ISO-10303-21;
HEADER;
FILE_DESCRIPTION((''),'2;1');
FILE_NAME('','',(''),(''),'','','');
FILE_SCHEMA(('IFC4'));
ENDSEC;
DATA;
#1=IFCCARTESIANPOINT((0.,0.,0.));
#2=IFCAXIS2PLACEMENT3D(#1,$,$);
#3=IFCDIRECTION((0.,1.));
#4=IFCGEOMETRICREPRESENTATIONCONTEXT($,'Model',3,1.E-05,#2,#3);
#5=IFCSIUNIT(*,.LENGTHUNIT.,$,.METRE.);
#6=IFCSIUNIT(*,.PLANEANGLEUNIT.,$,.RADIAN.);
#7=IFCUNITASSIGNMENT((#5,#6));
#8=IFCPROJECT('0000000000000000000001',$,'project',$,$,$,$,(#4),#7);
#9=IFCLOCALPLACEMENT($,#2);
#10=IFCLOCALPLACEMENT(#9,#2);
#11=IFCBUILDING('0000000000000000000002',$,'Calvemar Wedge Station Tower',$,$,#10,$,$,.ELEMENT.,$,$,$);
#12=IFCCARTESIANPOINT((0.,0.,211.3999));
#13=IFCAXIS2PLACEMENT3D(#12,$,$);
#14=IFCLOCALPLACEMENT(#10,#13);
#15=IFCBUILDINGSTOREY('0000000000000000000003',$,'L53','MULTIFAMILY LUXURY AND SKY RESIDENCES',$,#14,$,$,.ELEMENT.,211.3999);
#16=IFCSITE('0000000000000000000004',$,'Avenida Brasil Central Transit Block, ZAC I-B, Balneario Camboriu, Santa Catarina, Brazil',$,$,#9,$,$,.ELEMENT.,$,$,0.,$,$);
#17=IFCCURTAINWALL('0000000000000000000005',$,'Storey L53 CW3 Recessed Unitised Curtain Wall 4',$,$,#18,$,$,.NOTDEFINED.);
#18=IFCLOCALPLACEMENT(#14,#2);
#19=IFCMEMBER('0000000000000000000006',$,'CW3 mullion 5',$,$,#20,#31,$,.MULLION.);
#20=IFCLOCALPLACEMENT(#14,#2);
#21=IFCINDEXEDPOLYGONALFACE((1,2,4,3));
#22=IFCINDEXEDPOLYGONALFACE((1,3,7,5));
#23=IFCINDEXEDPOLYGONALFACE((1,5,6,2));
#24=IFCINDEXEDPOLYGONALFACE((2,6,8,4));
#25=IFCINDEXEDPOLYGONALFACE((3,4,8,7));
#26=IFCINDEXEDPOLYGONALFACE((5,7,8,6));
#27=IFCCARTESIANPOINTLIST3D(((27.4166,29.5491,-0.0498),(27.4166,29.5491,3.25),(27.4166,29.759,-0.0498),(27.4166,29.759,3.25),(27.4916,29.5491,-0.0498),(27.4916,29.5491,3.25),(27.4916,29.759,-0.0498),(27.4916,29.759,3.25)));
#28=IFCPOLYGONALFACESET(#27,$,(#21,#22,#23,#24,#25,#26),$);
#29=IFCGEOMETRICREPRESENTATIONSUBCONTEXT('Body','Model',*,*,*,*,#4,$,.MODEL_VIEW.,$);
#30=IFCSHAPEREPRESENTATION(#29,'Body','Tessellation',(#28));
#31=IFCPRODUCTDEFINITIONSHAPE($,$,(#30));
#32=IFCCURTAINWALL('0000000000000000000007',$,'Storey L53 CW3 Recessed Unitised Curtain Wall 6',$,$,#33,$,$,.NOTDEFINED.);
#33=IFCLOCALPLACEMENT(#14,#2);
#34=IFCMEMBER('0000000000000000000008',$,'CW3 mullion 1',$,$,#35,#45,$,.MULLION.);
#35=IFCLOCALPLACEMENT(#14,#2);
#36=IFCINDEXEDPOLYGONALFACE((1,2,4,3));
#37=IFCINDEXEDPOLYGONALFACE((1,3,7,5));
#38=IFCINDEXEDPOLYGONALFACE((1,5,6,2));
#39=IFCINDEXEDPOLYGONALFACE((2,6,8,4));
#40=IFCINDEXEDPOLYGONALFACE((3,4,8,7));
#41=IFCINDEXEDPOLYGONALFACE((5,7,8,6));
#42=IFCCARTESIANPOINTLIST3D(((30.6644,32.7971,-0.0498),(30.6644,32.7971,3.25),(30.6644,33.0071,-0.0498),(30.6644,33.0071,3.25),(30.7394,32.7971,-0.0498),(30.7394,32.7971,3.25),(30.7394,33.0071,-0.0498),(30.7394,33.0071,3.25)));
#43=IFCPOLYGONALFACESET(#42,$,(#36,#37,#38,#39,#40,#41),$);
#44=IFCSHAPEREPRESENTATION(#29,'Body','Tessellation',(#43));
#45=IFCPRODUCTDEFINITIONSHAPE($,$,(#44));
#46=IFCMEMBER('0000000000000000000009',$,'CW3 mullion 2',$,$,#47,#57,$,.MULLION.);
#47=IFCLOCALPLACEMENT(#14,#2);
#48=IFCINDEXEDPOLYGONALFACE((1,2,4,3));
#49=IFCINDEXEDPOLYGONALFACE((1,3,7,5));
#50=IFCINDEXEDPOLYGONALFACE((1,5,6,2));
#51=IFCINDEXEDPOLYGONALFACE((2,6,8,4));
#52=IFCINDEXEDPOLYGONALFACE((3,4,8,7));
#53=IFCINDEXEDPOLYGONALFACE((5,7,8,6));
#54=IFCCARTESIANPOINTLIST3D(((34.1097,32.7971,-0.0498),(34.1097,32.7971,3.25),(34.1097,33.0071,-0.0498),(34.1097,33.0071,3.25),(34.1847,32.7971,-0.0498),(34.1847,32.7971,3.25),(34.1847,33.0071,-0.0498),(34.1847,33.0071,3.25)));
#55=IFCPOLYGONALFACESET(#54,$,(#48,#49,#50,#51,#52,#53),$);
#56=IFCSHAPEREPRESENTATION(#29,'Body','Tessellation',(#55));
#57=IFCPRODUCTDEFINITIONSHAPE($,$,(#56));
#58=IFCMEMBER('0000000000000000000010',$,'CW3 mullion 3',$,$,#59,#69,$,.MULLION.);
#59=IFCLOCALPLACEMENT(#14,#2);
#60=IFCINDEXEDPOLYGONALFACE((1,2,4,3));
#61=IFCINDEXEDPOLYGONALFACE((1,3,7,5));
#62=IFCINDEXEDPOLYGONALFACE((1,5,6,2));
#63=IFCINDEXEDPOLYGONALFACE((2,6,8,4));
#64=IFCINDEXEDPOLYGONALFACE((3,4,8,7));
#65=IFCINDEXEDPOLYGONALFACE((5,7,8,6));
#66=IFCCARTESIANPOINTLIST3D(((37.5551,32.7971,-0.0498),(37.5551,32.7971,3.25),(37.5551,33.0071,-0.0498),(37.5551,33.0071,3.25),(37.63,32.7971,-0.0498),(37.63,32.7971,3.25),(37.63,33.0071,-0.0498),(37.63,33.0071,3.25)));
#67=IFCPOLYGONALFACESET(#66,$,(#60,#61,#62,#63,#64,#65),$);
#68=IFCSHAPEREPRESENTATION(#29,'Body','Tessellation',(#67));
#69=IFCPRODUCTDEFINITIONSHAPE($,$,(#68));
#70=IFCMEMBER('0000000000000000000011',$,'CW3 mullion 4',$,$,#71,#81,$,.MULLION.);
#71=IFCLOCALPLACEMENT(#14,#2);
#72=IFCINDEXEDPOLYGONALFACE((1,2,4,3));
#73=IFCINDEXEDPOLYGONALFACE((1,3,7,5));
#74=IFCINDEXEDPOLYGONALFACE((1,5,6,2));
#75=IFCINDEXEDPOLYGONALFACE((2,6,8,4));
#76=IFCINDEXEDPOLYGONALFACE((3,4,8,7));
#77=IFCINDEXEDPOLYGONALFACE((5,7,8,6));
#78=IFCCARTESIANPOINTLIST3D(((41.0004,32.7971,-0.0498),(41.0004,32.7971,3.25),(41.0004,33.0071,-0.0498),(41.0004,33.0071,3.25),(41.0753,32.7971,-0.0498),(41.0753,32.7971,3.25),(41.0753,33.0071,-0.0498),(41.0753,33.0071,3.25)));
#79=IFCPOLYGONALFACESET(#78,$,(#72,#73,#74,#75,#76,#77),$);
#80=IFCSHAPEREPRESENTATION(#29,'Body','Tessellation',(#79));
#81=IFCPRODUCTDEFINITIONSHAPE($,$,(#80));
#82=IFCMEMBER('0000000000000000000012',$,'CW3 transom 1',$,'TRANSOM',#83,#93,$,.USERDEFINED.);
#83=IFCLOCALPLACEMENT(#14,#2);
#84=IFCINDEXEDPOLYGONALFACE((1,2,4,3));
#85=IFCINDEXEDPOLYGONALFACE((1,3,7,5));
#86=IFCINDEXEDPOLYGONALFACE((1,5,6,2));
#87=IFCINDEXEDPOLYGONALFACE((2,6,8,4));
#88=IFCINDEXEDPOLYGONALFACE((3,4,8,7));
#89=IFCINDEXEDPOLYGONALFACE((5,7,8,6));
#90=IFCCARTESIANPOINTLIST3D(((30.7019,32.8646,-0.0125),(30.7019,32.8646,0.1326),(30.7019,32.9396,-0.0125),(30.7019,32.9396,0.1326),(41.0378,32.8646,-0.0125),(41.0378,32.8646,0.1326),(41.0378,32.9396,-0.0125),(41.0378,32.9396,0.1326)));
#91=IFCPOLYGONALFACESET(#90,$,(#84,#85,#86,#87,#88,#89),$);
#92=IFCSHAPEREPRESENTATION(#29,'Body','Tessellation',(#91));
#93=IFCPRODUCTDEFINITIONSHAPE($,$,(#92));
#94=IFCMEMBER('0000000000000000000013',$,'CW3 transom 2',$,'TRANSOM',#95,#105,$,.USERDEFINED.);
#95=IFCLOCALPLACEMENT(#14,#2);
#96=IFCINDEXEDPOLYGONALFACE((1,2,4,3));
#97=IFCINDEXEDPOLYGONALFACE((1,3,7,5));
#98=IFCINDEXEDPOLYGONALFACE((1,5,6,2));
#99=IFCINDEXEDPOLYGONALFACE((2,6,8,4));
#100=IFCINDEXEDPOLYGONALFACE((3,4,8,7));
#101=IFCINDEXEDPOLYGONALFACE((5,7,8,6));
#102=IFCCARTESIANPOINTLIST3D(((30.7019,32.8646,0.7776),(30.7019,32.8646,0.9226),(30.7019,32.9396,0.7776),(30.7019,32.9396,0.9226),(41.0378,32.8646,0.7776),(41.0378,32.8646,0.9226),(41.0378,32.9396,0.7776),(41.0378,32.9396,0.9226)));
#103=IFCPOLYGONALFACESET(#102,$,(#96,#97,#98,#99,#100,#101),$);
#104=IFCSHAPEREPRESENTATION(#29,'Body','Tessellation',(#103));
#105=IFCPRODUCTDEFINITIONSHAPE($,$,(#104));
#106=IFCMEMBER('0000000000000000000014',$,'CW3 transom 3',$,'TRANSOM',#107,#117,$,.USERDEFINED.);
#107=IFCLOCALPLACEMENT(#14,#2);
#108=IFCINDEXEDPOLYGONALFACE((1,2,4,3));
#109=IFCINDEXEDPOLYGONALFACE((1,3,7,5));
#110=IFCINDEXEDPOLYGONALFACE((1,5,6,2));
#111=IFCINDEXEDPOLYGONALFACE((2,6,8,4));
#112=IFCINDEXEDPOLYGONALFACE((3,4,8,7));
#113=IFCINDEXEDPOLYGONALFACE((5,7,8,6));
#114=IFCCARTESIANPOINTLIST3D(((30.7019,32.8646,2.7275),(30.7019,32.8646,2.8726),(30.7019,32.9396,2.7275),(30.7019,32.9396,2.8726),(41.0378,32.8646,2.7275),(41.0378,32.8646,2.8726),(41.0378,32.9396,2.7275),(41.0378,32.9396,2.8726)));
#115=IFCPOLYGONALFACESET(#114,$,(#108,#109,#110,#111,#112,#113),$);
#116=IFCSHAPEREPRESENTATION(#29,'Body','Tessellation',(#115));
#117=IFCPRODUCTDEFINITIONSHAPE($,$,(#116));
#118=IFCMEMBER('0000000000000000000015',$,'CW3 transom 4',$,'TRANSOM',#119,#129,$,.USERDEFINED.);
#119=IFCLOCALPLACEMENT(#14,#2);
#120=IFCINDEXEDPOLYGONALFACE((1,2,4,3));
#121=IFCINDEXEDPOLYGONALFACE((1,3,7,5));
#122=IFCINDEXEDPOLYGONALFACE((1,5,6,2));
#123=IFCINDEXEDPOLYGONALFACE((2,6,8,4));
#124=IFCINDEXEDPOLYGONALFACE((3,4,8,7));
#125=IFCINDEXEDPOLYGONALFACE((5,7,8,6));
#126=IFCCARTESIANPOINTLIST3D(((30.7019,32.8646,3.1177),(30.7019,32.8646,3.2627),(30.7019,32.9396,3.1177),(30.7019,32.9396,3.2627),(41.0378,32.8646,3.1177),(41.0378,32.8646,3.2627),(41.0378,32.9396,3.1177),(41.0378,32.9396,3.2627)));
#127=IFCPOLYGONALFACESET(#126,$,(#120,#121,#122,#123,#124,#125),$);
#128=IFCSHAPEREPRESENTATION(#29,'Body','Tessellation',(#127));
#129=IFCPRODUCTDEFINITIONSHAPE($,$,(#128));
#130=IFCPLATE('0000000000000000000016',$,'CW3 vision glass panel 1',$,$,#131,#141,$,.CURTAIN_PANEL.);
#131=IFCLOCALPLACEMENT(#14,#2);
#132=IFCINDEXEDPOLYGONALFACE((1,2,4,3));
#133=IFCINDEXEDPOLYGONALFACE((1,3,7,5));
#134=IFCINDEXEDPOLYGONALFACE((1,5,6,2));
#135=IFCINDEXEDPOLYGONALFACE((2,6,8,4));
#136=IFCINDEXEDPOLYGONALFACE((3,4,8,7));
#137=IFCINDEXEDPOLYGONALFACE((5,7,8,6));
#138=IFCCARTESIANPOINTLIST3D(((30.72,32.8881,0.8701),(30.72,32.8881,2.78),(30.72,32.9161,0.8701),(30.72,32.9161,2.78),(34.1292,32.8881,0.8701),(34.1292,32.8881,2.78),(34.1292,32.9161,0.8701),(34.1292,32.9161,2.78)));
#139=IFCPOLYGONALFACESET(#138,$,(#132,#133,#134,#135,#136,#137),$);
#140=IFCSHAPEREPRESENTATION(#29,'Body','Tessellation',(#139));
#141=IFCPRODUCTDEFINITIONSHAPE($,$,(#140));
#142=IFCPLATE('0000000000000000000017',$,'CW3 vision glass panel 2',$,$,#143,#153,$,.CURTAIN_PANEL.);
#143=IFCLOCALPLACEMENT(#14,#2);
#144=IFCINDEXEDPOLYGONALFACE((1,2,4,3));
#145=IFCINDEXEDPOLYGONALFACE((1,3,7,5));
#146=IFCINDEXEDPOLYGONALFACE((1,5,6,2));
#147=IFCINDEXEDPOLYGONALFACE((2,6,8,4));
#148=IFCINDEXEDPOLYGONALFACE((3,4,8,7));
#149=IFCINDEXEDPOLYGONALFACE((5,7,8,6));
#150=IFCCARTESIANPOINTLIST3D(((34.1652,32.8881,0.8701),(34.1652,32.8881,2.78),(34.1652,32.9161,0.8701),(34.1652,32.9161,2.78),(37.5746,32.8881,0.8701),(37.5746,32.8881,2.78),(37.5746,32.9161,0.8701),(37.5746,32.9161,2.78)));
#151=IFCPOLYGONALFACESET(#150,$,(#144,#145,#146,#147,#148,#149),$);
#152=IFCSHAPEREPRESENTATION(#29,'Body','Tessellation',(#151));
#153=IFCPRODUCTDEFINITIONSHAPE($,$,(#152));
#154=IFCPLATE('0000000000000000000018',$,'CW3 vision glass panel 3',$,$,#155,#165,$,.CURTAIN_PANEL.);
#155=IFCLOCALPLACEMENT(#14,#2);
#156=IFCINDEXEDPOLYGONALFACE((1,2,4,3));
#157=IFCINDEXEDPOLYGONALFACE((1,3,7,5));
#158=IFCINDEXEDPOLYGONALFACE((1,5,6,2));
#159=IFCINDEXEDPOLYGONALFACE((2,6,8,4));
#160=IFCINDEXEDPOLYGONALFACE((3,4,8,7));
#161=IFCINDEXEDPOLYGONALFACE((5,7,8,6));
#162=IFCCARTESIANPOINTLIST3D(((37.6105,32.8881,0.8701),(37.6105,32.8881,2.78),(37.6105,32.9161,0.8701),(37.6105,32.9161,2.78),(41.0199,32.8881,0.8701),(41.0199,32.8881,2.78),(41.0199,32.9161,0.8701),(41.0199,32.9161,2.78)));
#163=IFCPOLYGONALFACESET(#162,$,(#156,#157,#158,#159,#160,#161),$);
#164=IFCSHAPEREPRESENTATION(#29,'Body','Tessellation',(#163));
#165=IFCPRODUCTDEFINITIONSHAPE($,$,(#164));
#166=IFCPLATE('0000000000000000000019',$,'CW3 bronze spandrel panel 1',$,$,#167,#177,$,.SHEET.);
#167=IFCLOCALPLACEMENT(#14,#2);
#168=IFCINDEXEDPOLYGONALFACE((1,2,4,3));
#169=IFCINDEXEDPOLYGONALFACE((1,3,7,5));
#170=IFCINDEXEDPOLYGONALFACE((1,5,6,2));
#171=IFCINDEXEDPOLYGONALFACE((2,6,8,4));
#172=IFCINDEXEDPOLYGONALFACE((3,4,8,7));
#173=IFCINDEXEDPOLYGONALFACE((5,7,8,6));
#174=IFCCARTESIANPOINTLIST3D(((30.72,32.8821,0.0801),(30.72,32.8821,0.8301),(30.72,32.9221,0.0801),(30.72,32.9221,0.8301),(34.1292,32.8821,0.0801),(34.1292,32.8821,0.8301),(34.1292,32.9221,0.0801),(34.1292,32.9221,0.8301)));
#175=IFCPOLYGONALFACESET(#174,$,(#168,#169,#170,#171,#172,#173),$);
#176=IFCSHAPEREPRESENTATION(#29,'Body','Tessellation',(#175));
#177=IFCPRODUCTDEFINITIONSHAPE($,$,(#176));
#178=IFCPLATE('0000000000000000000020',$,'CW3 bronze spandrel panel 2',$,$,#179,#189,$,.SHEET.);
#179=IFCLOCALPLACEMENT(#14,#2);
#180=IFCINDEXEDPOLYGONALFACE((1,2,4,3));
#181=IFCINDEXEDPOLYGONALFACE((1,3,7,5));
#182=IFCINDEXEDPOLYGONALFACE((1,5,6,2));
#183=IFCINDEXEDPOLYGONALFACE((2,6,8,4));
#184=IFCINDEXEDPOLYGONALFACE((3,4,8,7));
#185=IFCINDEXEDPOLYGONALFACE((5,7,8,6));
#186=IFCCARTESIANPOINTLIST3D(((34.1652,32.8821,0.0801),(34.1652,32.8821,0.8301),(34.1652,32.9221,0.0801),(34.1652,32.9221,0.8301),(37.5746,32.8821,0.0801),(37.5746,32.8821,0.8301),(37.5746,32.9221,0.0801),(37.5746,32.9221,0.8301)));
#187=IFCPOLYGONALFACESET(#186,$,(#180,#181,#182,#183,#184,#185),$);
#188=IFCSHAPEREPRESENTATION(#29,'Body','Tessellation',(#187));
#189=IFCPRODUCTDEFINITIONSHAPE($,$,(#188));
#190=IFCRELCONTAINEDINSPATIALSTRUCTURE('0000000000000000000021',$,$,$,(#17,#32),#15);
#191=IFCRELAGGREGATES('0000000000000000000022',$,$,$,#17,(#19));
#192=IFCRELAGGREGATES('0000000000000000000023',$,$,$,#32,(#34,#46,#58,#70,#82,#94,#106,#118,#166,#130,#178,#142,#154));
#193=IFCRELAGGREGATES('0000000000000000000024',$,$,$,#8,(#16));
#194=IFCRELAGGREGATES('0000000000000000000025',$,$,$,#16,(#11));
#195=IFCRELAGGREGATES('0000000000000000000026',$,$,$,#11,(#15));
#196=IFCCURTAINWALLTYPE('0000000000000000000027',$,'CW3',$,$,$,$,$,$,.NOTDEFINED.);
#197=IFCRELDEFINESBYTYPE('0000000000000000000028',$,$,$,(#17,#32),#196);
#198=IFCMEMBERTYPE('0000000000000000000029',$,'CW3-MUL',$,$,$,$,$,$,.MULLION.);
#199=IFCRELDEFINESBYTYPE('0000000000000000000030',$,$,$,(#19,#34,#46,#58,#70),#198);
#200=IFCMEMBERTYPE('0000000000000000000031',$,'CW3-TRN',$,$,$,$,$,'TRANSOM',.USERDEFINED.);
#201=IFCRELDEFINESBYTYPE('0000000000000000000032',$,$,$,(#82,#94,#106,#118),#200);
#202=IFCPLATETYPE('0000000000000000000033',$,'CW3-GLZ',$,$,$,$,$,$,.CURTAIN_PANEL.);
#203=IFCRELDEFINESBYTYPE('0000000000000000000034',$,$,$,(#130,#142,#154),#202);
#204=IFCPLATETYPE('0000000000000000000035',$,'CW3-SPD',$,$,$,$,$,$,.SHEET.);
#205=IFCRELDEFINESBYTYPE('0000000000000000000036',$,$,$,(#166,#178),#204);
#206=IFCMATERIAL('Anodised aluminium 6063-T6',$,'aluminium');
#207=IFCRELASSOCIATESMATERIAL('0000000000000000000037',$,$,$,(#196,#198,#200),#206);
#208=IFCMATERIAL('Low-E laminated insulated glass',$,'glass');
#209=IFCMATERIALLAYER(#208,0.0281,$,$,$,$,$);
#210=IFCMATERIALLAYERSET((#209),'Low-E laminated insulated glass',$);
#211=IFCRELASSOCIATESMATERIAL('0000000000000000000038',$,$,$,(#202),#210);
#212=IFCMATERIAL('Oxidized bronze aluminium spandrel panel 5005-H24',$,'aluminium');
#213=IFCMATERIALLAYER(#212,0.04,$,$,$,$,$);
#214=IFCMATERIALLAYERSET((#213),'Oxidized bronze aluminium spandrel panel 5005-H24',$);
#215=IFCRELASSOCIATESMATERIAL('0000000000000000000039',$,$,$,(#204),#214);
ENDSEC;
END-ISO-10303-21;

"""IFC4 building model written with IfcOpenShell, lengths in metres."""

from ifc_helpers import new_model, si_unit, direction, frame, frame_2d, origin, origin_2d, place, context, subcontext, project, spatial, rectangle, extrude, source, transform, mapped, material, layer, layer_set, material_profile, profile_set, type_object, element, aggregate, save


model = new_model("IFC4")

# Units and contexts
model_context = context("Model", 3, precision=1e-05, world=origin(), true_north=direction((0.0, 1.0)))
body_context = subcontext(model_context, "Body", "Model", "MODEL_VIEW")
ifc_project = project(units=[si_unit("LENGTHUNIT", "METRE"), si_unit("PLANEANGLEUNIT", "RADIAN")], contexts=[model_context])

# Site, building, storey
site_placement = place(None, origin())
site = spatial("IfcSite", under=ifc_project, at=site_placement, Name="Avenida Brasil Central Transit Block, ZAC I-B, Balneario Camboriu, Santa Catarina, Brazil", CompositionType="ELEMENT", RefElevation=0.0)
building_placement = place(site_placement, origin())
building = spatial("IfcBuilding", under=site, at=building_placement, Name="Calvemar Wedge Station Tower", CompositionType="ELEMENT")
storey_placement = place(building_placement, frame((0.0, 0.0, 211.3999)))
storey = spatial("IfcBuildingStorey", under=building, at=storey_placement, Name="L53", Description="MULTIFAMILY LUXURY AND SKY RESIDENCES", CompositionType="ELEMENT", Elevation=211.3999)

# Curtain wall, member
ifc_material_1 = material(Name="Anodised aluminium 6063-T6", Category="aluminium")
curtain_wall_type = type_object("IfcCurtainWallType", Name="CW3", PredefinedType="NOTDEFINED", material=ifc_material_1)
curtain_wall_1_placement = place(storey_placement, origin())
curtain_wall_1 = element("IfcCurtainWall", 1, at=curtain_wall_1_placement, inside=storey, type_object=curtain_wall_type, Name="Storey L53 CW3 Recessed Unitised Curtain Wall 4", PredefinedType="NOTDEFINED")
ifc_material_profile_1 = material_profile(ifc_material_1, rectangle(XDim=0.075, YDim=0.21, at=origin_2d()), Name="AL-MUL-75x210")
ifc_profile_set_1 = profile_set([ifc_material_profile_1], Name="Anodised aluminium 6063-T6")
member_type_1 = type_object("IfcMemberType", Name="CW3-MUL", PredefinedType="MULLION", material=ifc_profile_set_1)
shared_shape_1 = source(origin(), body_context, "Body", "SweptSolid", [
    extrude(rectangle(XDim=0.075, YDim=0.21, at=origin_2d()), origin(), (0.0, 0.0, 1.0), 3.2998),
])
member_1_placement = place(storey_placement, frame((27.4541, 29.6541, -0.0498), z_axis=(0.0, 0.0, 1.0), x_axis=(1.0, 0.0, 0.0)))
member_1 = element("IfcMember", 2, at=member_1_placement, type_object=member_type_1, Name="CW3 mullion 5", PredefinedType="MULLION", context=body_context, shape_type="MappedRepresentation", body=[
    mapped(shared_shape_1, transform((0.0, 0.0, 0.0), scale=1.0)),
])
aggregate(curtain_wall_1, [member_1])

# Curtain wall, members, plates
curtain_wall_2_placement = place(storey_placement, origin())
curtain_wall_2 = element("IfcCurtainWall", 3, at=curtain_wall_2_placement, inside=storey, type_object=curtain_wall_type, Name="Storey L53 CW3 Recessed Unitised Curtain Wall 6", PredefinedType="NOTDEFINED")
member_2_placement = place(storey_placement, frame((30.7019, 32.9021, -0.0498), z_axis=(0.0, 0.0, 1.0), x_axis=(1.0, 0.0, 0.0)))
member_2 = element("IfcMember", 4, at=member_2_placement, type_object=member_type_1, Name="CW3 mullion 1", PredefinedType="MULLION", context=body_context, shape_type="MappedRepresentation", body=[
    mapped(shared_shape_1, transform((0.0, 0.0, 0.0), scale=1.0)),
])
member_3_placement = place(storey_placement, frame((34.1472, 32.9021, -0.0498), z_axis=(0.0, 0.0, 1.0), x_axis=(1.0, 0.0, 0.0)))
member_3 = element("IfcMember", 5, at=member_3_placement, type_object=member_type_1, Name="CW3 mullion 2", PredefinedType="MULLION", context=body_context, shape_type="MappedRepresentation", body=[
    mapped(shared_shape_1, transform((0.0, 0.0, 0.0), scale=1.0)),
])
member_4_placement = place(storey_placement, frame((37.5925, 32.9021, -0.0498), z_axis=(0.0, 0.0, 1.0), x_axis=(1.0, 0.0, 0.0)))
member_4 = element("IfcMember", 6, at=member_4_placement, type_object=member_type_1, Name="CW3 mullion 3", PredefinedType="MULLION", context=body_context, shape_type="MappedRepresentation", body=[
    mapped(shared_shape_1, transform((0.0, 0.0, 0.0), scale=1.0)),
])
member_5_placement = place(storey_placement, frame((41.0378, 32.9021, -0.0498), z_axis=(0.0, 0.0, 1.0), x_axis=(1.0, 0.0, 0.0)))
member_5 = element("IfcMember", 7, at=member_5_placement, type_object=member_type_1, Name="CW3 mullion 4", PredefinedType="MULLION", context=body_context, shape_type="MappedRepresentation", body=[
    mapped(shared_shape_1, transform((0.0, 0.0, 0.0), scale=1.0)),
])
ifc_material_profile_2 = material_profile(ifc_material_1, rectangle(XDim=0.075, YDim=0.145, at=origin_2d()), Name="AL-TRN-75x145")
ifc_profile_set_2 = profile_set([ifc_material_profile_2], Name="Anodised aluminium 6063-T6")
member_type_2 = type_object("IfcMemberType", Name="CW3-TRN", ElementType="TRANSOM", PredefinedType="USERDEFINED", material=ifc_profile_set_2)
shared_shape_2 = source(origin(), body_context, "Body", "SweptSolid", [
    extrude(rectangle(XDim=0.075, YDim=0.145, at=origin_2d()), origin(), (0.0, 0.0, 1.0), 10.3359),
])
member_6_placement = place(storey_placement, frame((30.7019, 32.9021, 0.0601), z_axis=(1.0, 0.0, 0.0), x_axis=(0.0, 1.0, 0.0)))
member_6 = element("IfcMember", 8, at=member_6_placement, type_object=member_type_2, Name="CW3 transom 1", ObjectType="TRANSOM", PredefinedType="USERDEFINED", context=body_context, shape_type="MappedRepresentation", body=[
    mapped(shared_shape_2, transform((0.0, 0.0, 0.0), scale=1.0)),
])
member_7_placement = place(storey_placement, frame((30.7019, 32.9021, 0.8501), z_axis=(1.0, 0.0, 0.0), x_axis=(0.0, 1.0, 0.0)))
member_7 = element("IfcMember", 9, at=member_7_placement, type_object=member_type_2, Name="CW3 transom 2", ObjectType="TRANSOM", PredefinedType="USERDEFINED", context=body_context, shape_type="MappedRepresentation", body=[
    mapped(shared_shape_2, transform((0.0, 0.0, 0.0), scale=1.0)),
])
member_8_placement = place(storey_placement, frame((30.7019, 32.9021, 2.8), z_axis=(1.0, 0.0, 0.0), x_axis=(0.0, 1.0, 0.0)))
member_8 = element("IfcMember", 10, at=member_8_placement, type_object=member_type_2, Name="CW3 transom 3", ObjectType="TRANSOM", PredefinedType="USERDEFINED", context=body_context, shape_type="MappedRepresentation", body=[
    mapped(shared_shape_2, transform((0.0, 0.0, 0.0), scale=1.0)),
])
member_9_placement = place(storey_placement, frame((30.7019, 32.9021, 3.1902), z_axis=(1.0, 0.0, 0.0), x_axis=(0.0, 1.0, 0.0)))
member_9 = element("IfcMember", 11, at=member_9_placement, type_object=member_type_2, Name="CW3 transom 4", ObjectType="TRANSOM", PredefinedType="USERDEFINED", context=body_context, shape_type="MappedRepresentation", body=[
    mapped(shared_shape_2, transform((0.0, 0.0, 0.0), scale=1.0)),
])
ifc_material_2 = material(Name="Low-E laminated insulated glass", Category="glass")
ifc_layer_1 = layer(ifc_material_2, 0.0281)
ifc_layer_set_1 = layer_set([ifc_layer_1], Name="Low-E laminated insulated glass")
plate_type_1 = type_object("IfcPlateType", Name="CW3-GLZ", PredefinedType="CURTAIN_PANEL", material=ifc_layer_set_1)
plate_1_placement = place(storey_placement, frame((30.72, 32.9021, 0.8701), z_axis=(0.0, 0.0, 1.0), x_axis=(1.0, 0.0, 0.0)))
plate_1 = element("IfcPlate", 12, at=plate_1_placement, type_object=plate_type_1, Name="CW3 vision glass panel 1", PredefinedType="CURTAIN_PANEL", context=body_context, shape_type="SweptSolid", body=[
    extrude(rectangle(XDim=3.4092, YDim=0.0281, at=frame_2d((1.7046, 0.0))), origin(), (0.0, 0.0, 1.0), 1.9099),
])
plate_2_placement = place(storey_placement, frame((34.1653, 32.9021, 0.8701), z_axis=(0.0, 0.0, 1.0), x_axis=(1.0, 0.0, 0.0)))
plate_2 = element("IfcPlate", 13, at=plate_2_placement, type_object=plate_type_1, Name="CW3 vision glass panel 2", PredefinedType="CURTAIN_PANEL", context=body_context, shape_type="SweptSolid", body=[
    extrude(rectangle(XDim=3.4094, YDim=0.0281, at=frame_2d((1.7046, 0.0))), origin(), (0.0, 0.0, 1.0), 1.9099),
])
plate_3_placement = place(storey_placement, frame((37.6106, 32.9021, 0.8701), z_axis=(0.0, 0.0, 1.0), x_axis=(1.0, 0.0, 0.0)))
plate_3 = element("IfcPlate", 14, at=plate_3_placement, type_object=plate_type_1, Name="CW3 vision glass panel 3", PredefinedType="CURTAIN_PANEL", context=body_context, shape_type="SweptSolid", body=[
    extrude(rectangle(XDim=3.4094, YDim=0.0281, at=frame_2d((1.7046, 0.0))), origin(), (0.0, 0.0, 1.0), 1.9099),
])
ifc_material_3 = material(Name="Oxidized bronze aluminium spandrel panel 5005-H24", Category="aluminium")
ifc_layer_2 = layer(ifc_material_3, 0.04)
ifc_layer_set_2 = layer_set([ifc_layer_2], Name="Oxidized bronze aluminium spandrel panel 5005-H24")
plate_type_2 = type_object("IfcPlateType", Name="CW3-SPD", PredefinedType="SHEET", material=ifc_layer_set_2)
plate_4_placement = place(storey_placement, frame((30.72, 32.9021, 0.0801), z_axis=(0.0, 0.0, 1.0), x_axis=(1.0, 0.0, 0.0)))
plate_4 = element("IfcPlate", 15, at=plate_4_placement, type_object=plate_type_2, Name="CW3 bronze spandrel panel 1", PredefinedType="SHEET", context=body_context, shape_type="SweptSolid", body=[
    extrude(rectangle(XDim=3.4092, YDim=0.04, at=frame_2d((1.7046, 0.0))), origin(), (0.0, 0.0, 1.0), 0.75),
])
plate_5_placement = place(storey_placement, frame((34.1653, 32.9021, 0.0801), z_axis=(0.0, 0.0, 1.0), x_axis=(1.0, 0.0, 0.0)))
plate_5 = element("IfcPlate", 16, at=plate_5_placement, type_object=plate_type_2, Name="CW3 bronze spandrel panel 2", PredefinedType="SHEET", context=body_context, shape_type="SweptSolid", body=[
    extrude(rectangle(XDim=3.4094, YDim=0.04, at=frame_2d((1.7046, 0.0))), origin(), (0.0, 0.0, 1.0), 0.75),
])
aggregate(curtain_wall_2, [member_2, member_3, member_4, member_5, member_6, member_7, member_8, member_9, plate_4, plate_1, plate_5, plate_2, plate_3])

save(model, "model.ifc")
